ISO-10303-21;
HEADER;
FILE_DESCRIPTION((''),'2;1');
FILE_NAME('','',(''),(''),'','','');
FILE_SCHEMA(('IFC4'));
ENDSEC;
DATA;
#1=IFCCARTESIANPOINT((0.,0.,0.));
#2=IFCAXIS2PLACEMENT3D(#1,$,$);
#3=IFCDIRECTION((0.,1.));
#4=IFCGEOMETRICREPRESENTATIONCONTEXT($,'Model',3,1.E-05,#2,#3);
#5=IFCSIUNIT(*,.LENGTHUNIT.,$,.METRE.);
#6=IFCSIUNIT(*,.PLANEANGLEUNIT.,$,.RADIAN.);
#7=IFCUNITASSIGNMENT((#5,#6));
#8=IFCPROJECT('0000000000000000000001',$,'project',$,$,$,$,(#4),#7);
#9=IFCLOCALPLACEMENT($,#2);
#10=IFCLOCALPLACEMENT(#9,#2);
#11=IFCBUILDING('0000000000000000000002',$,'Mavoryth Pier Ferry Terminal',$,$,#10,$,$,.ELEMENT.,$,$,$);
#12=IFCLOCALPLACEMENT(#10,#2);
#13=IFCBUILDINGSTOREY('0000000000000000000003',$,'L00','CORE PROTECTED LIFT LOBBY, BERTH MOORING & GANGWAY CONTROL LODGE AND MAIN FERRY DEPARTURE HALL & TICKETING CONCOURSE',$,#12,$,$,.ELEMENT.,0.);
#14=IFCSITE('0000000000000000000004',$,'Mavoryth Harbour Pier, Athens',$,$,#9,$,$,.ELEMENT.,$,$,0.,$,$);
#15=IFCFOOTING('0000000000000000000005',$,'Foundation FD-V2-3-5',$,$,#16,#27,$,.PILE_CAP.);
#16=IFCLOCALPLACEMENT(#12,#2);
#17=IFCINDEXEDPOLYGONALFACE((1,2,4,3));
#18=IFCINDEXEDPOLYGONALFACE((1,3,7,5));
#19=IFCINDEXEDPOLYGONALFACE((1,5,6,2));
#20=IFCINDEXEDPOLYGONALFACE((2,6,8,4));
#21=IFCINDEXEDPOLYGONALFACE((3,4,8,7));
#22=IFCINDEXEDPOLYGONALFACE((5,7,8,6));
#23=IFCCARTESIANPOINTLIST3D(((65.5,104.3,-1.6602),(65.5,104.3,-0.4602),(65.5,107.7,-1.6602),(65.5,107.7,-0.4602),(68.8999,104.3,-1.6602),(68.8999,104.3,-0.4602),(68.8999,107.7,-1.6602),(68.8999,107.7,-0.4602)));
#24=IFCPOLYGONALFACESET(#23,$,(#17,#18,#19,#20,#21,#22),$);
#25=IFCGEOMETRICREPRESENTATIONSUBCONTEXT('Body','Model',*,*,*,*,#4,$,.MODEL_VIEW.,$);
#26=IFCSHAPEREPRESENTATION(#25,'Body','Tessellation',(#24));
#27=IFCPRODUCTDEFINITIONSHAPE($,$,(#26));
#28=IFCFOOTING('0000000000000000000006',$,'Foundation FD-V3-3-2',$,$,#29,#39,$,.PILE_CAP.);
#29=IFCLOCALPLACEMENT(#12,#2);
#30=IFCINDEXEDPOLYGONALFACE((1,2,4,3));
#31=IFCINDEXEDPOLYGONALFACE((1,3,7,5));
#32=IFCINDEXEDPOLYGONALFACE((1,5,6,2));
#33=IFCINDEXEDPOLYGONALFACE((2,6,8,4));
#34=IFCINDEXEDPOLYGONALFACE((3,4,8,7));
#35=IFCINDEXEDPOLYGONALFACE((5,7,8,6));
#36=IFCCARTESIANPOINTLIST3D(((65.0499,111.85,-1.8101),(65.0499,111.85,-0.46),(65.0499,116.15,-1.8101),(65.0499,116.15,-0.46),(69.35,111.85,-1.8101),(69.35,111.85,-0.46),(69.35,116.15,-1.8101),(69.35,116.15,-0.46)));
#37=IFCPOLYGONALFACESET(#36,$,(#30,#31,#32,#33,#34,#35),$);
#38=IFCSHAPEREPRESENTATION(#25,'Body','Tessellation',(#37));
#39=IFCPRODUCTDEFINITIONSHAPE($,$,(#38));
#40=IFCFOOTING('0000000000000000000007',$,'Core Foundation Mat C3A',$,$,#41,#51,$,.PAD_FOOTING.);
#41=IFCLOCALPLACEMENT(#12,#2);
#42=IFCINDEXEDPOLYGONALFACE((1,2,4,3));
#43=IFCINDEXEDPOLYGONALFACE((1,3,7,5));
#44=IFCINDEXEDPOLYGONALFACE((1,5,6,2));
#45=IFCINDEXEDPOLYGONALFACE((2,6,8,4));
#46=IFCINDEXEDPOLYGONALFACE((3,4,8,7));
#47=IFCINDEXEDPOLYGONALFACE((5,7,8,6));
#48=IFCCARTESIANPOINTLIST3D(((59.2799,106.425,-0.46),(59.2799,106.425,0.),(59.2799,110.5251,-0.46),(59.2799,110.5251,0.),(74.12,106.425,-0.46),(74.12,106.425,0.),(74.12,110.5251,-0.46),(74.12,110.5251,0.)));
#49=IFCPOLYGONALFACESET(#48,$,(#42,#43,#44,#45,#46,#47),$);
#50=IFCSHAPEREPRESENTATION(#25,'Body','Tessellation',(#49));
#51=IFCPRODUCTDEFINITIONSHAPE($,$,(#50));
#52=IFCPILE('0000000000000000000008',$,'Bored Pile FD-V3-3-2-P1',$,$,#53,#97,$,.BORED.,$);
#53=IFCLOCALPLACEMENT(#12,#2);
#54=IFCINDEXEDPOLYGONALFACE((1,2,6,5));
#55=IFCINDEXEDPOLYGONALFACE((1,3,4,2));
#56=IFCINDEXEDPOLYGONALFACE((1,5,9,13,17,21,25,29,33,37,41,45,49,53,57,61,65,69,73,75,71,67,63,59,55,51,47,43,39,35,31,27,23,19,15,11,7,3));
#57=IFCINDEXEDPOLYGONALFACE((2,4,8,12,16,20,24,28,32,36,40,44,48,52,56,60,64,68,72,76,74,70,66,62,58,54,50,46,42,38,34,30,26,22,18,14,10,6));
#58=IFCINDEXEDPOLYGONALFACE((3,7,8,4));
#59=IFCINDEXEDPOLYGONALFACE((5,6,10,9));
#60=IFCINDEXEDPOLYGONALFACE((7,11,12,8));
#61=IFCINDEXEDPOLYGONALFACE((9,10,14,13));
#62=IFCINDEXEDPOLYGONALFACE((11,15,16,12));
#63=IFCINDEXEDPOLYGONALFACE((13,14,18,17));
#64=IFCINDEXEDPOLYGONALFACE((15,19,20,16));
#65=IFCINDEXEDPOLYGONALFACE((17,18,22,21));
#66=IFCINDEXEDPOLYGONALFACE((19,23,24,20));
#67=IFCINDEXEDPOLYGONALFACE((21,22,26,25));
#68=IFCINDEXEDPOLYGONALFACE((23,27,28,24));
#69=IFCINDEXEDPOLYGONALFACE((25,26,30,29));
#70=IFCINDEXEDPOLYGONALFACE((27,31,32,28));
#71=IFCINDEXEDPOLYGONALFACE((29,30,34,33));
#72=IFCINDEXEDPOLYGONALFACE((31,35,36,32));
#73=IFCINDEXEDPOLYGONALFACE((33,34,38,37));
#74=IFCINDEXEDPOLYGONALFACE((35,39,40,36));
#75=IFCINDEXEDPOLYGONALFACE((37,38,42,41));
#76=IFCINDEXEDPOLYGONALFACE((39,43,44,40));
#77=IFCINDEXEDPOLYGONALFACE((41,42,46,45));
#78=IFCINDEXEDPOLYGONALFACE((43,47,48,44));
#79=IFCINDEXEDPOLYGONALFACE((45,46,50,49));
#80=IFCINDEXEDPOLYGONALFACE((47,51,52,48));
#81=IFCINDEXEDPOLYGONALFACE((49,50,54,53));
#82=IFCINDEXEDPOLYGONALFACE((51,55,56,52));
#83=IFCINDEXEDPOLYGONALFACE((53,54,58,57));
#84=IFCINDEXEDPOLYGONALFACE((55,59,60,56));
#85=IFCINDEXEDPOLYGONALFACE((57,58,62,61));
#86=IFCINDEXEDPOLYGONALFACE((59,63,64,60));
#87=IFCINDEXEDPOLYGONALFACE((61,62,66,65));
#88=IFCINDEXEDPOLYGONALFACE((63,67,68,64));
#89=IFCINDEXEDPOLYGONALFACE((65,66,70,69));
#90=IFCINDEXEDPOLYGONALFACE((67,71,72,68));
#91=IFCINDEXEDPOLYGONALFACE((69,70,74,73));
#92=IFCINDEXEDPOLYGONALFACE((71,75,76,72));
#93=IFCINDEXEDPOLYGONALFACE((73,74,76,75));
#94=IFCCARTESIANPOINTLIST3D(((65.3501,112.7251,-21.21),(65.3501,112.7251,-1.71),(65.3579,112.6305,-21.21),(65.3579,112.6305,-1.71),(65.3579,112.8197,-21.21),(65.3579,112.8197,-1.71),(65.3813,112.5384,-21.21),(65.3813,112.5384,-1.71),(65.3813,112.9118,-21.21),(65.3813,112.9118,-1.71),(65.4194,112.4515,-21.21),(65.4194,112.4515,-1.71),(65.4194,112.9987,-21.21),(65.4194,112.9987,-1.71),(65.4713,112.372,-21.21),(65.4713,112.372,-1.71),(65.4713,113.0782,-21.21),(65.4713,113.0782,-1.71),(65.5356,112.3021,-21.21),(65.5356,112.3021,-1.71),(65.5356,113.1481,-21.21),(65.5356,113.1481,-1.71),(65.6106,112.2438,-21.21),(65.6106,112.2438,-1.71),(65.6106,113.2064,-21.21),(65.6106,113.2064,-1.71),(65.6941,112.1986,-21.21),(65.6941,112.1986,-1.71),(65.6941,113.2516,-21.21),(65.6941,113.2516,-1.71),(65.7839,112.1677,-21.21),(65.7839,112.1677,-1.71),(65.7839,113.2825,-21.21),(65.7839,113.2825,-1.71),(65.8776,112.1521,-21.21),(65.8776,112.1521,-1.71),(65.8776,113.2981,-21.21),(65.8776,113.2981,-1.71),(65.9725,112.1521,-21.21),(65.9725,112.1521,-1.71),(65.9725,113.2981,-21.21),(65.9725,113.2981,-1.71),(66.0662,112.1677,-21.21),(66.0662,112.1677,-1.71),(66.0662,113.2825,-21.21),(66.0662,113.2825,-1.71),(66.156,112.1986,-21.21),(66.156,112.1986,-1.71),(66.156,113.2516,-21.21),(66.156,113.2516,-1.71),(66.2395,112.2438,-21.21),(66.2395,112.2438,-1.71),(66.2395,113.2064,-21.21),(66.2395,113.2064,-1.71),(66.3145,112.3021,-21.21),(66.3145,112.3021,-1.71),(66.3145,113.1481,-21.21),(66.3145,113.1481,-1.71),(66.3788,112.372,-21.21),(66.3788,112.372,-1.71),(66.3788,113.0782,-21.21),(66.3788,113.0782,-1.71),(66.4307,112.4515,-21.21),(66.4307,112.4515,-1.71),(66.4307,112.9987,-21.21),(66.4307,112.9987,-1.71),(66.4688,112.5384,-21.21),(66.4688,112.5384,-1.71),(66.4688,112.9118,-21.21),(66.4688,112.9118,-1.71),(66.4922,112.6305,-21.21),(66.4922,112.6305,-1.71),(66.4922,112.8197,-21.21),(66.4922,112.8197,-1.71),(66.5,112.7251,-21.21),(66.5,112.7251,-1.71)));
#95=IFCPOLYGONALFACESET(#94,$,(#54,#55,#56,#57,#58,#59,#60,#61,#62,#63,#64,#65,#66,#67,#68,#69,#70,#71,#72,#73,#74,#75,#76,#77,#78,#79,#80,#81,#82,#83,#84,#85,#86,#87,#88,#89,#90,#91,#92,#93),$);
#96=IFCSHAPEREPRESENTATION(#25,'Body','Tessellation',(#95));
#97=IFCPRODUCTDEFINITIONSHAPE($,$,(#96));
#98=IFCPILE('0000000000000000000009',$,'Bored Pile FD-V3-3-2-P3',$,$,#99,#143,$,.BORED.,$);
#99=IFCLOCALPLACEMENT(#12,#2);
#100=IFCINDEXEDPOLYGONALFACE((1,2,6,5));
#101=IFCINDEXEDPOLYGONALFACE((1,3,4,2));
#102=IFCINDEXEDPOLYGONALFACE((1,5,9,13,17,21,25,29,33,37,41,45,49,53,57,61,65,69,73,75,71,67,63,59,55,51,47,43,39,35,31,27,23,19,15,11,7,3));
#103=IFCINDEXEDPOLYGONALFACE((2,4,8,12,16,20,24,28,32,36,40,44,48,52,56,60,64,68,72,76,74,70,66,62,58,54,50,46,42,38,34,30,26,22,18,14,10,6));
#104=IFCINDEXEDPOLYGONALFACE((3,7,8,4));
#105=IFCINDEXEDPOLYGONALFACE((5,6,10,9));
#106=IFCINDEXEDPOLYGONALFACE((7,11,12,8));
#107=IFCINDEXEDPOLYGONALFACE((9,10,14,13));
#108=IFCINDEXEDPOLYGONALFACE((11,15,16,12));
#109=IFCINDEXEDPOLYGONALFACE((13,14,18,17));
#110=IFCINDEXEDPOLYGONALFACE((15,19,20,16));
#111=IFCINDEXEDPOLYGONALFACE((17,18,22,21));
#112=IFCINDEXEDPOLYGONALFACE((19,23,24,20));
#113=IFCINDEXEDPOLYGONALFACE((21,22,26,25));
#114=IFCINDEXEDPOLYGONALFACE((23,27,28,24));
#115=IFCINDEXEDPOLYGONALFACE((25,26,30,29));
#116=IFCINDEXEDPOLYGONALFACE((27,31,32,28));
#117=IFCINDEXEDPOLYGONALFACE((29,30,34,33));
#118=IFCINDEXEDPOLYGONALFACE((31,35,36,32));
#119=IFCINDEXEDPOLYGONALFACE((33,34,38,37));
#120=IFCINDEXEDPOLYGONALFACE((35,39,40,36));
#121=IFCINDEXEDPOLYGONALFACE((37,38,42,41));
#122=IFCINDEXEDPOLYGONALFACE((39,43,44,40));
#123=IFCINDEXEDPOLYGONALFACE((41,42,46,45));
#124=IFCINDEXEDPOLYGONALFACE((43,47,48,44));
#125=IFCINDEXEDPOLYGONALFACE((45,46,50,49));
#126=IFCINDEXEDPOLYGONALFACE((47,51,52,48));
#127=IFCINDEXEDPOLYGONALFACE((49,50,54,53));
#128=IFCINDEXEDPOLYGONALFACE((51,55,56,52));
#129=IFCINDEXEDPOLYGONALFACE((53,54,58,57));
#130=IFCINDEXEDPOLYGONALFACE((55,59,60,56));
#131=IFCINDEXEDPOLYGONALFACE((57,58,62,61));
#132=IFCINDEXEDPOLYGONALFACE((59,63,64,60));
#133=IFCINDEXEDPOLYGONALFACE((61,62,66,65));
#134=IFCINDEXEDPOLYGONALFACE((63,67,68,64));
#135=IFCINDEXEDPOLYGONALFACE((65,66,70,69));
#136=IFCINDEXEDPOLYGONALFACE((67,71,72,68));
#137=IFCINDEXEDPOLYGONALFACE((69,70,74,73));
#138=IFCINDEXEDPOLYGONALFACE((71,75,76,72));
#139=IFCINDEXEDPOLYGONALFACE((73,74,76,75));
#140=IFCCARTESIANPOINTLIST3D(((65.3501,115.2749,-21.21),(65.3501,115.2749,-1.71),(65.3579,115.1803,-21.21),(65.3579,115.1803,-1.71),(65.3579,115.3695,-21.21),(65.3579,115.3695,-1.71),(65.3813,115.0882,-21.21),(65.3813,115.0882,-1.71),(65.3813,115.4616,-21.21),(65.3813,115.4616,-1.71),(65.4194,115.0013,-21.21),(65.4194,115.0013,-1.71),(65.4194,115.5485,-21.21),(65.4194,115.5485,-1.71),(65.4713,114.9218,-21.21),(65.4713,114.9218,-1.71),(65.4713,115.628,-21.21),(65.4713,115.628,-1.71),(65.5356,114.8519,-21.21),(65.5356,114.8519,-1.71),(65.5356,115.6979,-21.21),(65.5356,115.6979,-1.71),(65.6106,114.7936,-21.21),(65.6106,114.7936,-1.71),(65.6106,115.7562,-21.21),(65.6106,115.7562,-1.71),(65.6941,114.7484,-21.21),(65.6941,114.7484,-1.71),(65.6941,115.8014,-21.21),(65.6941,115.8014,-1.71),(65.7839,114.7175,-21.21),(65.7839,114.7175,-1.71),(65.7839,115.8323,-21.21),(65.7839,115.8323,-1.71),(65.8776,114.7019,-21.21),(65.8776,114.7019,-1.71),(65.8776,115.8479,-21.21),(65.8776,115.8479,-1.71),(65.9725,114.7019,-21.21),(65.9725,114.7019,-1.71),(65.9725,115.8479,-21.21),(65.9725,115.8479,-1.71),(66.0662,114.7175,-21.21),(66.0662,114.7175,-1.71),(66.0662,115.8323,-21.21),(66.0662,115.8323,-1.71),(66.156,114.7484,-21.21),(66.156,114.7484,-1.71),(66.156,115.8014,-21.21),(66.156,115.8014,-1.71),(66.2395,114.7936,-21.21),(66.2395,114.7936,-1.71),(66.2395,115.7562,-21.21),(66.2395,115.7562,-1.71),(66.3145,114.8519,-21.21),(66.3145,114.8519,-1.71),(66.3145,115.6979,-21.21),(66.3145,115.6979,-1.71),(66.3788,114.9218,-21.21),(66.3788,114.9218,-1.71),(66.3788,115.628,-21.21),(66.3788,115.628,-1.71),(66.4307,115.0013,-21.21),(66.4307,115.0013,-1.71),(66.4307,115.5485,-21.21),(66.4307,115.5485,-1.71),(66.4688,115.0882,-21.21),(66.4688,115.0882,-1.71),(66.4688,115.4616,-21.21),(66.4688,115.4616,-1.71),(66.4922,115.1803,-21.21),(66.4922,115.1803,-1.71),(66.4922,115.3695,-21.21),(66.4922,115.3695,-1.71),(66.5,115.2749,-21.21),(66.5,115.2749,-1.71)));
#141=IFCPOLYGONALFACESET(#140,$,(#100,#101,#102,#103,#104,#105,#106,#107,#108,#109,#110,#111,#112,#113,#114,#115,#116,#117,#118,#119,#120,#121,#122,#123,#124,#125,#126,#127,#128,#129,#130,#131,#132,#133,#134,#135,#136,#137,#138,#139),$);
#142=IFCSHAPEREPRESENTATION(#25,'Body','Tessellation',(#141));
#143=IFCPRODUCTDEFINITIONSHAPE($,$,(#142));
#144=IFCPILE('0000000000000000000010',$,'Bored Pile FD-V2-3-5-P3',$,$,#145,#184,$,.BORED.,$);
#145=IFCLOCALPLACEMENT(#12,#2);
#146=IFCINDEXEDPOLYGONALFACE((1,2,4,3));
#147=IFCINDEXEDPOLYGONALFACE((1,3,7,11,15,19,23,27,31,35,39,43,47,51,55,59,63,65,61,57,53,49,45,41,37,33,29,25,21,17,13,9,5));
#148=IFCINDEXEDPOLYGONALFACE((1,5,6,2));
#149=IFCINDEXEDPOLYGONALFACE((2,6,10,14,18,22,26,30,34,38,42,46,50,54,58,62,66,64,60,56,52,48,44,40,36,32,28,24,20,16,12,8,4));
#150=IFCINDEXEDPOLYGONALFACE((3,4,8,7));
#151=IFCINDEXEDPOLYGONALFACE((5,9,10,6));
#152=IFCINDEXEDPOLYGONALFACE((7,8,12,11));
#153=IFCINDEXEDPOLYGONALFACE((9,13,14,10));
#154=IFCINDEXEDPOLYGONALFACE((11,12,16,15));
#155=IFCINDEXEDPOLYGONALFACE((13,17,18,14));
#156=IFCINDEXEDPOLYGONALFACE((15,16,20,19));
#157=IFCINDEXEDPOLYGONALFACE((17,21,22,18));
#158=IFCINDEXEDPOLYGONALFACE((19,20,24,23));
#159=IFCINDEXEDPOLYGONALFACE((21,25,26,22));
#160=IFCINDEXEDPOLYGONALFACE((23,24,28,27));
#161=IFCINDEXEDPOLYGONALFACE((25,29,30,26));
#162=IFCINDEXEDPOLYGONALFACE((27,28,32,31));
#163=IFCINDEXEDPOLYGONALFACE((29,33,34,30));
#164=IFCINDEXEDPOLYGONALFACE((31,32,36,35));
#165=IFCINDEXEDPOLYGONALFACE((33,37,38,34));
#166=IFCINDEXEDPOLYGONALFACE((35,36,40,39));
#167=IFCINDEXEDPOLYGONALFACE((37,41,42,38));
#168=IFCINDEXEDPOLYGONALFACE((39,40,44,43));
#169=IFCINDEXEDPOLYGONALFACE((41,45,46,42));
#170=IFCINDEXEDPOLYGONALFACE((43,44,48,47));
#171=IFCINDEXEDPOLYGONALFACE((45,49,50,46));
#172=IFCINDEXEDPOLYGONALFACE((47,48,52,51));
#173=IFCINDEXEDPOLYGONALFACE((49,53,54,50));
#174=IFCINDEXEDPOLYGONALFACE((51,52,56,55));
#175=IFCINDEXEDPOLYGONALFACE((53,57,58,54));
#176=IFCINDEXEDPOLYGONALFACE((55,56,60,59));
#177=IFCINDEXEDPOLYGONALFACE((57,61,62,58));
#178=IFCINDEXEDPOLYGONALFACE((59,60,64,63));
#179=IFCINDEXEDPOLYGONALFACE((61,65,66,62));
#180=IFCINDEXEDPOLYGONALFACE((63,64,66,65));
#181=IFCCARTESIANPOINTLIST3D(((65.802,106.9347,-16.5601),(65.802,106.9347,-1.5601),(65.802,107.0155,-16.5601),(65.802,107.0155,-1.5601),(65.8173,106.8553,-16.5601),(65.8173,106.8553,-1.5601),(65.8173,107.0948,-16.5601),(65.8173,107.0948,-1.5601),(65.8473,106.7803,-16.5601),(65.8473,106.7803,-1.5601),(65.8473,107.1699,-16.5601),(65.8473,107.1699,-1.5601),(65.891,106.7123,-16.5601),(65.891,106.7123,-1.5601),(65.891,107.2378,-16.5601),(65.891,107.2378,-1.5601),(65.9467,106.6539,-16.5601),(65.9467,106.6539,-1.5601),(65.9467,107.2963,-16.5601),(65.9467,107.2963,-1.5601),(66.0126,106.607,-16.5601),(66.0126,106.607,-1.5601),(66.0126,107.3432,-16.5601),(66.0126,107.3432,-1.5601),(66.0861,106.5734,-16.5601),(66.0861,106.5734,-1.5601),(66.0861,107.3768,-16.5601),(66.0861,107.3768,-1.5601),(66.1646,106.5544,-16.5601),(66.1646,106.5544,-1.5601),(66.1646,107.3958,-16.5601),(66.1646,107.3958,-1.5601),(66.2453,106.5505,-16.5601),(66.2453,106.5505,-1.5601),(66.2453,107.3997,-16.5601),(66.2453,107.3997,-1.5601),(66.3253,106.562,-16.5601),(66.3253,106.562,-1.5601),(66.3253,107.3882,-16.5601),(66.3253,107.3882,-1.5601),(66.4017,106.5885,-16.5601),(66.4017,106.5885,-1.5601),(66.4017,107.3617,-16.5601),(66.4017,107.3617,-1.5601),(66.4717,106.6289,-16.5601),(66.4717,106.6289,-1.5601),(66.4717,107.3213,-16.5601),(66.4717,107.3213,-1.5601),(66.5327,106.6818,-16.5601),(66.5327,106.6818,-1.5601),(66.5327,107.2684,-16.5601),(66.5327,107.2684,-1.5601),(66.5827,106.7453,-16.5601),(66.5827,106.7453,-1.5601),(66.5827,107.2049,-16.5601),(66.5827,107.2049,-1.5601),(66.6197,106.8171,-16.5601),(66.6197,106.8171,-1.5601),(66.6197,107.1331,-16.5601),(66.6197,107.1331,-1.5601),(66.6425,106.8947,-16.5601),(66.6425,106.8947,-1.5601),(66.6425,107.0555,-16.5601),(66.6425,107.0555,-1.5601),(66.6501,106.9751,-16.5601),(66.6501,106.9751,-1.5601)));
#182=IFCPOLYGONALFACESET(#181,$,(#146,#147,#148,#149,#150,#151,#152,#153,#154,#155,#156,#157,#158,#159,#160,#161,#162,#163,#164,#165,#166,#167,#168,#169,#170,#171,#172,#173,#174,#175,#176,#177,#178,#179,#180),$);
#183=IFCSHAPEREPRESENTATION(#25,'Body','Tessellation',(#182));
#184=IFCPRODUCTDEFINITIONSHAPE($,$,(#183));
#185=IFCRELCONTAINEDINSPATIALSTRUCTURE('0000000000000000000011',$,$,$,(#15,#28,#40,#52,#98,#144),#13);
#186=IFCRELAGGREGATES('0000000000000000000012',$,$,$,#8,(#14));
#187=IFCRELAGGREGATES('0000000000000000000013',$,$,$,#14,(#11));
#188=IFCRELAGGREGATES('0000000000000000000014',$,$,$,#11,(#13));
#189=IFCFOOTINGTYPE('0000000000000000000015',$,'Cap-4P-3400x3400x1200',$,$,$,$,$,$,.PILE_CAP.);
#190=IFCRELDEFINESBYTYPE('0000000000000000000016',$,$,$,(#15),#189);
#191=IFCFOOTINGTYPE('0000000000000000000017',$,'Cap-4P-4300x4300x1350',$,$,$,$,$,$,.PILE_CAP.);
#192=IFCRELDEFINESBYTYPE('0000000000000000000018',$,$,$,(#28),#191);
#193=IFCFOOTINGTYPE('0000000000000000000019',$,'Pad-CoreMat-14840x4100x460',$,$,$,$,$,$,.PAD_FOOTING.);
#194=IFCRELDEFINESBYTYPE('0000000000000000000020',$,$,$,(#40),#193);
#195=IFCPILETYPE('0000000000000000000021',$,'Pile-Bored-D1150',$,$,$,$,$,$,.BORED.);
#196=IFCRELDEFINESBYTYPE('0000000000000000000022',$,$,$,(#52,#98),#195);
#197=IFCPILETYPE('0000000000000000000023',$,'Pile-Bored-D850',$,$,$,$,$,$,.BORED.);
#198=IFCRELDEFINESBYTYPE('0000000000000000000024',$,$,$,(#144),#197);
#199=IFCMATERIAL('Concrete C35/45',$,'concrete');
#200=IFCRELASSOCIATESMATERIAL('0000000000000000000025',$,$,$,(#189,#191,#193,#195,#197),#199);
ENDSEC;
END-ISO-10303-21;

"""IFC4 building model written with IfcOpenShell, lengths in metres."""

from ifc_helpers import new_model, si_unit, direction, frame, origin, origin_2d, place, context, subcontext, project, spatial, rectangle, circle, extrude, material, material_profile, profile_set, type_object, element, save


model = new_model("IFC4")

# Units and contexts
model_context = context("Model", 3, precision=1e-05, world=origin(), true_north=direction((0.0, 1.0)))
body_context = subcontext(model_context, "Body", "Model", "MODEL_VIEW")
ifc_project = project(units=[si_unit("LENGTHUNIT", "METRE"), si_unit("PLANEANGLEUNIT", "RADIAN")], contexts=[model_context])

# Site, building, storey
site_placement = place(None, origin())
site = spatial("IfcSite", under=ifc_project, at=site_placement, Name="Mavoryth Harbour Pier, Athens", CompositionType="ELEMENT", RefElevation=0.0)
building_placement = place(site_placement, origin())
building = spatial("IfcBuilding", under=site, at=building_placement, Name="Mavoryth Pier Ferry Terminal", CompositionType="ELEMENT")
storey_placement = place(building_placement, origin())
storey = spatial("IfcBuildingStorey", under=building, at=storey_placement, Name="L00", Description="CORE PROTECTED LIFT LOBBY, BERTH MOORING & GANGWAY CONTROL LODGE AND MAIN FERRY DEPARTURE HALL & TICKETING CONCOURSE", CompositionType="ELEMENT", Elevation=0.0)

# Footings
ifc_material_1 = material(Name="Concrete C35/45", Category="concrete")
footing_type_1 = type_object("IfcFootingType", Name="Cap-4P-3400x3400x1200", PredefinedType="PILE_CAP", material=ifc_material_1)
footing_1_placement = place(storey_placement, frame((67.2, 106.0, -1.6602), z_axis=(0.0, 0.0, 1.0), x_axis=(1.0, 0.0, 0.0)))
element("IfcFooting", 1, at=footing_1_placement, inside=storey, type_object=footing_type_1, Name="Foundation FD-V2-3-5", PredefinedType="PILE_CAP", context=body_context, shape_type="SweptSolid", body=[
    extrude(rectangle(XDim=3.3999, YDim=3.3999, at=origin_2d()), origin(), (0.0, 0.0, 1.0), 1.2),
])
footing_type_2 = type_object("IfcFootingType", Name="Cap-4P-4300x4300x1350", PredefinedType="PILE_CAP", material=ifc_material_1)
footing_2_placement = place(storey_placement, frame((67.2, 114.0, -1.8101), z_axis=(0.0, 0.0, 1.0), x_axis=(1.0, 0.0, 0.0)))
element("IfcFooting", 2, at=footing_2_placement, inside=storey, type_object=footing_type_2, Name="Foundation FD-V3-3-2", PredefinedType="PILE_CAP", context=body_context, shape_type="SweptSolid", body=[
    extrude(rectangle(XDim=4.3, YDim=4.3, at=origin_2d()), origin(), (0.0, 0.0, 1.0), 1.3501),
])
footing_type_3 = type_object("IfcFootingType", Name="Pad-CoreMat-14840x4100x460", PredefinedType="PAD_FOOTING", material=ifc_material_1)
footing_3_placement = place(storey_placement, frame((66.7, 108.4751, -0.46), z_axis=(0.0, 0.0, 1.0), x_axis=(1.0, 0.0, 0.0)))
element("IfcFooting", 3, at=footing_3_placement, inside=storey, type_object=footing_type_3, Name="Core Foundation Mat C3A", PredefinedType="PAD_FOOTING", context=body_context, shape_type="SweptSolid", body=[
    extrude(rectangle(XDim=14.8401, YDim=4.1001, at=origin_2d()), origin(), (0.0, 0.0, 1.0), 0.46),
])

# Piles
ifc_material_profile_1 = material_profile(ifc_material_1, circle(Radius=0.575, at=origin_2d()), Name="PILE D1150", Category="concrete")
ifc_profile_set_1 = profile_set([ifc_material_profile_1], Name="Concrete C35/45 - PILE D1150")
pile_type_1 = type_object("IfcPileType", Name="Pile-Bored-D1150", PredefinedType="BORED", material=ifc_profile_set_1)
for number, where, z_axis, x_axis, name in (
    (4, (65.925, 112.7251, -1.71), (0.0, 0.0, -1.0), (1.0, 0.0, 0.0), "Bored Pile FD-V3-3-2-P1"),
    (5, (65.925, 115.2749, -1.71), (0.0, 0.0, -1.0), (1.0, 0.0, 0.0), "Bored Pile FD-V3-3-2-P3"),
):
    element("IfcPile", number, at=place(storey_placement, frame(where, z_axis=z_axis, x_axis=x_axis)), inside=storey, type_object=pile_type_1, Name=name, PredefinedType="BORED", context=body_context, shape_type="SweptSolid", body=[
        extrude(circle(Radius=0.575, at=origin_2d()), origin(), (0.0, 0.0, 1.0), 19.5),
    ])
ifc_material_profile_2 = material_profile(ifc_material_1, circle(Radius=0.425, at=origin_2d()), Name="PILE D850", Category="concrete")
ifc_profile_set_2 = profile_set([ifc_material_profile_2], Name="Concrete C35/45 - PILE D850")
pile_type_2 = type_object("IfcPileType", Name="Pile-Bored-D850", PredefinedType="BORED", material=ifc_profile_set_2)
for number, where, z_axis, x_axis, name in (
    (6, (66.2251, 106.9751, -1.5601), (0.0, 0.0, -1.0), (1.0, 0.0, 0.0), "Bored Pile FD-V2-3-5-P3"),
):
    element("IfcPile", number, at=place(storey_placement, frame(where, z_axis=z_axis, x_axis=x_axis)), inside=storey, type_object=pile_type_2, Name=name, PredefinedType="BORED", context=body_context, shape_type="SweptSolid", body=[
        extrude(circle(Radius=0.425, at=origin_2d()), origin(), (0.0, 0.0, 1.0), 15.0),
    ])

save(model, "model.ifc")
